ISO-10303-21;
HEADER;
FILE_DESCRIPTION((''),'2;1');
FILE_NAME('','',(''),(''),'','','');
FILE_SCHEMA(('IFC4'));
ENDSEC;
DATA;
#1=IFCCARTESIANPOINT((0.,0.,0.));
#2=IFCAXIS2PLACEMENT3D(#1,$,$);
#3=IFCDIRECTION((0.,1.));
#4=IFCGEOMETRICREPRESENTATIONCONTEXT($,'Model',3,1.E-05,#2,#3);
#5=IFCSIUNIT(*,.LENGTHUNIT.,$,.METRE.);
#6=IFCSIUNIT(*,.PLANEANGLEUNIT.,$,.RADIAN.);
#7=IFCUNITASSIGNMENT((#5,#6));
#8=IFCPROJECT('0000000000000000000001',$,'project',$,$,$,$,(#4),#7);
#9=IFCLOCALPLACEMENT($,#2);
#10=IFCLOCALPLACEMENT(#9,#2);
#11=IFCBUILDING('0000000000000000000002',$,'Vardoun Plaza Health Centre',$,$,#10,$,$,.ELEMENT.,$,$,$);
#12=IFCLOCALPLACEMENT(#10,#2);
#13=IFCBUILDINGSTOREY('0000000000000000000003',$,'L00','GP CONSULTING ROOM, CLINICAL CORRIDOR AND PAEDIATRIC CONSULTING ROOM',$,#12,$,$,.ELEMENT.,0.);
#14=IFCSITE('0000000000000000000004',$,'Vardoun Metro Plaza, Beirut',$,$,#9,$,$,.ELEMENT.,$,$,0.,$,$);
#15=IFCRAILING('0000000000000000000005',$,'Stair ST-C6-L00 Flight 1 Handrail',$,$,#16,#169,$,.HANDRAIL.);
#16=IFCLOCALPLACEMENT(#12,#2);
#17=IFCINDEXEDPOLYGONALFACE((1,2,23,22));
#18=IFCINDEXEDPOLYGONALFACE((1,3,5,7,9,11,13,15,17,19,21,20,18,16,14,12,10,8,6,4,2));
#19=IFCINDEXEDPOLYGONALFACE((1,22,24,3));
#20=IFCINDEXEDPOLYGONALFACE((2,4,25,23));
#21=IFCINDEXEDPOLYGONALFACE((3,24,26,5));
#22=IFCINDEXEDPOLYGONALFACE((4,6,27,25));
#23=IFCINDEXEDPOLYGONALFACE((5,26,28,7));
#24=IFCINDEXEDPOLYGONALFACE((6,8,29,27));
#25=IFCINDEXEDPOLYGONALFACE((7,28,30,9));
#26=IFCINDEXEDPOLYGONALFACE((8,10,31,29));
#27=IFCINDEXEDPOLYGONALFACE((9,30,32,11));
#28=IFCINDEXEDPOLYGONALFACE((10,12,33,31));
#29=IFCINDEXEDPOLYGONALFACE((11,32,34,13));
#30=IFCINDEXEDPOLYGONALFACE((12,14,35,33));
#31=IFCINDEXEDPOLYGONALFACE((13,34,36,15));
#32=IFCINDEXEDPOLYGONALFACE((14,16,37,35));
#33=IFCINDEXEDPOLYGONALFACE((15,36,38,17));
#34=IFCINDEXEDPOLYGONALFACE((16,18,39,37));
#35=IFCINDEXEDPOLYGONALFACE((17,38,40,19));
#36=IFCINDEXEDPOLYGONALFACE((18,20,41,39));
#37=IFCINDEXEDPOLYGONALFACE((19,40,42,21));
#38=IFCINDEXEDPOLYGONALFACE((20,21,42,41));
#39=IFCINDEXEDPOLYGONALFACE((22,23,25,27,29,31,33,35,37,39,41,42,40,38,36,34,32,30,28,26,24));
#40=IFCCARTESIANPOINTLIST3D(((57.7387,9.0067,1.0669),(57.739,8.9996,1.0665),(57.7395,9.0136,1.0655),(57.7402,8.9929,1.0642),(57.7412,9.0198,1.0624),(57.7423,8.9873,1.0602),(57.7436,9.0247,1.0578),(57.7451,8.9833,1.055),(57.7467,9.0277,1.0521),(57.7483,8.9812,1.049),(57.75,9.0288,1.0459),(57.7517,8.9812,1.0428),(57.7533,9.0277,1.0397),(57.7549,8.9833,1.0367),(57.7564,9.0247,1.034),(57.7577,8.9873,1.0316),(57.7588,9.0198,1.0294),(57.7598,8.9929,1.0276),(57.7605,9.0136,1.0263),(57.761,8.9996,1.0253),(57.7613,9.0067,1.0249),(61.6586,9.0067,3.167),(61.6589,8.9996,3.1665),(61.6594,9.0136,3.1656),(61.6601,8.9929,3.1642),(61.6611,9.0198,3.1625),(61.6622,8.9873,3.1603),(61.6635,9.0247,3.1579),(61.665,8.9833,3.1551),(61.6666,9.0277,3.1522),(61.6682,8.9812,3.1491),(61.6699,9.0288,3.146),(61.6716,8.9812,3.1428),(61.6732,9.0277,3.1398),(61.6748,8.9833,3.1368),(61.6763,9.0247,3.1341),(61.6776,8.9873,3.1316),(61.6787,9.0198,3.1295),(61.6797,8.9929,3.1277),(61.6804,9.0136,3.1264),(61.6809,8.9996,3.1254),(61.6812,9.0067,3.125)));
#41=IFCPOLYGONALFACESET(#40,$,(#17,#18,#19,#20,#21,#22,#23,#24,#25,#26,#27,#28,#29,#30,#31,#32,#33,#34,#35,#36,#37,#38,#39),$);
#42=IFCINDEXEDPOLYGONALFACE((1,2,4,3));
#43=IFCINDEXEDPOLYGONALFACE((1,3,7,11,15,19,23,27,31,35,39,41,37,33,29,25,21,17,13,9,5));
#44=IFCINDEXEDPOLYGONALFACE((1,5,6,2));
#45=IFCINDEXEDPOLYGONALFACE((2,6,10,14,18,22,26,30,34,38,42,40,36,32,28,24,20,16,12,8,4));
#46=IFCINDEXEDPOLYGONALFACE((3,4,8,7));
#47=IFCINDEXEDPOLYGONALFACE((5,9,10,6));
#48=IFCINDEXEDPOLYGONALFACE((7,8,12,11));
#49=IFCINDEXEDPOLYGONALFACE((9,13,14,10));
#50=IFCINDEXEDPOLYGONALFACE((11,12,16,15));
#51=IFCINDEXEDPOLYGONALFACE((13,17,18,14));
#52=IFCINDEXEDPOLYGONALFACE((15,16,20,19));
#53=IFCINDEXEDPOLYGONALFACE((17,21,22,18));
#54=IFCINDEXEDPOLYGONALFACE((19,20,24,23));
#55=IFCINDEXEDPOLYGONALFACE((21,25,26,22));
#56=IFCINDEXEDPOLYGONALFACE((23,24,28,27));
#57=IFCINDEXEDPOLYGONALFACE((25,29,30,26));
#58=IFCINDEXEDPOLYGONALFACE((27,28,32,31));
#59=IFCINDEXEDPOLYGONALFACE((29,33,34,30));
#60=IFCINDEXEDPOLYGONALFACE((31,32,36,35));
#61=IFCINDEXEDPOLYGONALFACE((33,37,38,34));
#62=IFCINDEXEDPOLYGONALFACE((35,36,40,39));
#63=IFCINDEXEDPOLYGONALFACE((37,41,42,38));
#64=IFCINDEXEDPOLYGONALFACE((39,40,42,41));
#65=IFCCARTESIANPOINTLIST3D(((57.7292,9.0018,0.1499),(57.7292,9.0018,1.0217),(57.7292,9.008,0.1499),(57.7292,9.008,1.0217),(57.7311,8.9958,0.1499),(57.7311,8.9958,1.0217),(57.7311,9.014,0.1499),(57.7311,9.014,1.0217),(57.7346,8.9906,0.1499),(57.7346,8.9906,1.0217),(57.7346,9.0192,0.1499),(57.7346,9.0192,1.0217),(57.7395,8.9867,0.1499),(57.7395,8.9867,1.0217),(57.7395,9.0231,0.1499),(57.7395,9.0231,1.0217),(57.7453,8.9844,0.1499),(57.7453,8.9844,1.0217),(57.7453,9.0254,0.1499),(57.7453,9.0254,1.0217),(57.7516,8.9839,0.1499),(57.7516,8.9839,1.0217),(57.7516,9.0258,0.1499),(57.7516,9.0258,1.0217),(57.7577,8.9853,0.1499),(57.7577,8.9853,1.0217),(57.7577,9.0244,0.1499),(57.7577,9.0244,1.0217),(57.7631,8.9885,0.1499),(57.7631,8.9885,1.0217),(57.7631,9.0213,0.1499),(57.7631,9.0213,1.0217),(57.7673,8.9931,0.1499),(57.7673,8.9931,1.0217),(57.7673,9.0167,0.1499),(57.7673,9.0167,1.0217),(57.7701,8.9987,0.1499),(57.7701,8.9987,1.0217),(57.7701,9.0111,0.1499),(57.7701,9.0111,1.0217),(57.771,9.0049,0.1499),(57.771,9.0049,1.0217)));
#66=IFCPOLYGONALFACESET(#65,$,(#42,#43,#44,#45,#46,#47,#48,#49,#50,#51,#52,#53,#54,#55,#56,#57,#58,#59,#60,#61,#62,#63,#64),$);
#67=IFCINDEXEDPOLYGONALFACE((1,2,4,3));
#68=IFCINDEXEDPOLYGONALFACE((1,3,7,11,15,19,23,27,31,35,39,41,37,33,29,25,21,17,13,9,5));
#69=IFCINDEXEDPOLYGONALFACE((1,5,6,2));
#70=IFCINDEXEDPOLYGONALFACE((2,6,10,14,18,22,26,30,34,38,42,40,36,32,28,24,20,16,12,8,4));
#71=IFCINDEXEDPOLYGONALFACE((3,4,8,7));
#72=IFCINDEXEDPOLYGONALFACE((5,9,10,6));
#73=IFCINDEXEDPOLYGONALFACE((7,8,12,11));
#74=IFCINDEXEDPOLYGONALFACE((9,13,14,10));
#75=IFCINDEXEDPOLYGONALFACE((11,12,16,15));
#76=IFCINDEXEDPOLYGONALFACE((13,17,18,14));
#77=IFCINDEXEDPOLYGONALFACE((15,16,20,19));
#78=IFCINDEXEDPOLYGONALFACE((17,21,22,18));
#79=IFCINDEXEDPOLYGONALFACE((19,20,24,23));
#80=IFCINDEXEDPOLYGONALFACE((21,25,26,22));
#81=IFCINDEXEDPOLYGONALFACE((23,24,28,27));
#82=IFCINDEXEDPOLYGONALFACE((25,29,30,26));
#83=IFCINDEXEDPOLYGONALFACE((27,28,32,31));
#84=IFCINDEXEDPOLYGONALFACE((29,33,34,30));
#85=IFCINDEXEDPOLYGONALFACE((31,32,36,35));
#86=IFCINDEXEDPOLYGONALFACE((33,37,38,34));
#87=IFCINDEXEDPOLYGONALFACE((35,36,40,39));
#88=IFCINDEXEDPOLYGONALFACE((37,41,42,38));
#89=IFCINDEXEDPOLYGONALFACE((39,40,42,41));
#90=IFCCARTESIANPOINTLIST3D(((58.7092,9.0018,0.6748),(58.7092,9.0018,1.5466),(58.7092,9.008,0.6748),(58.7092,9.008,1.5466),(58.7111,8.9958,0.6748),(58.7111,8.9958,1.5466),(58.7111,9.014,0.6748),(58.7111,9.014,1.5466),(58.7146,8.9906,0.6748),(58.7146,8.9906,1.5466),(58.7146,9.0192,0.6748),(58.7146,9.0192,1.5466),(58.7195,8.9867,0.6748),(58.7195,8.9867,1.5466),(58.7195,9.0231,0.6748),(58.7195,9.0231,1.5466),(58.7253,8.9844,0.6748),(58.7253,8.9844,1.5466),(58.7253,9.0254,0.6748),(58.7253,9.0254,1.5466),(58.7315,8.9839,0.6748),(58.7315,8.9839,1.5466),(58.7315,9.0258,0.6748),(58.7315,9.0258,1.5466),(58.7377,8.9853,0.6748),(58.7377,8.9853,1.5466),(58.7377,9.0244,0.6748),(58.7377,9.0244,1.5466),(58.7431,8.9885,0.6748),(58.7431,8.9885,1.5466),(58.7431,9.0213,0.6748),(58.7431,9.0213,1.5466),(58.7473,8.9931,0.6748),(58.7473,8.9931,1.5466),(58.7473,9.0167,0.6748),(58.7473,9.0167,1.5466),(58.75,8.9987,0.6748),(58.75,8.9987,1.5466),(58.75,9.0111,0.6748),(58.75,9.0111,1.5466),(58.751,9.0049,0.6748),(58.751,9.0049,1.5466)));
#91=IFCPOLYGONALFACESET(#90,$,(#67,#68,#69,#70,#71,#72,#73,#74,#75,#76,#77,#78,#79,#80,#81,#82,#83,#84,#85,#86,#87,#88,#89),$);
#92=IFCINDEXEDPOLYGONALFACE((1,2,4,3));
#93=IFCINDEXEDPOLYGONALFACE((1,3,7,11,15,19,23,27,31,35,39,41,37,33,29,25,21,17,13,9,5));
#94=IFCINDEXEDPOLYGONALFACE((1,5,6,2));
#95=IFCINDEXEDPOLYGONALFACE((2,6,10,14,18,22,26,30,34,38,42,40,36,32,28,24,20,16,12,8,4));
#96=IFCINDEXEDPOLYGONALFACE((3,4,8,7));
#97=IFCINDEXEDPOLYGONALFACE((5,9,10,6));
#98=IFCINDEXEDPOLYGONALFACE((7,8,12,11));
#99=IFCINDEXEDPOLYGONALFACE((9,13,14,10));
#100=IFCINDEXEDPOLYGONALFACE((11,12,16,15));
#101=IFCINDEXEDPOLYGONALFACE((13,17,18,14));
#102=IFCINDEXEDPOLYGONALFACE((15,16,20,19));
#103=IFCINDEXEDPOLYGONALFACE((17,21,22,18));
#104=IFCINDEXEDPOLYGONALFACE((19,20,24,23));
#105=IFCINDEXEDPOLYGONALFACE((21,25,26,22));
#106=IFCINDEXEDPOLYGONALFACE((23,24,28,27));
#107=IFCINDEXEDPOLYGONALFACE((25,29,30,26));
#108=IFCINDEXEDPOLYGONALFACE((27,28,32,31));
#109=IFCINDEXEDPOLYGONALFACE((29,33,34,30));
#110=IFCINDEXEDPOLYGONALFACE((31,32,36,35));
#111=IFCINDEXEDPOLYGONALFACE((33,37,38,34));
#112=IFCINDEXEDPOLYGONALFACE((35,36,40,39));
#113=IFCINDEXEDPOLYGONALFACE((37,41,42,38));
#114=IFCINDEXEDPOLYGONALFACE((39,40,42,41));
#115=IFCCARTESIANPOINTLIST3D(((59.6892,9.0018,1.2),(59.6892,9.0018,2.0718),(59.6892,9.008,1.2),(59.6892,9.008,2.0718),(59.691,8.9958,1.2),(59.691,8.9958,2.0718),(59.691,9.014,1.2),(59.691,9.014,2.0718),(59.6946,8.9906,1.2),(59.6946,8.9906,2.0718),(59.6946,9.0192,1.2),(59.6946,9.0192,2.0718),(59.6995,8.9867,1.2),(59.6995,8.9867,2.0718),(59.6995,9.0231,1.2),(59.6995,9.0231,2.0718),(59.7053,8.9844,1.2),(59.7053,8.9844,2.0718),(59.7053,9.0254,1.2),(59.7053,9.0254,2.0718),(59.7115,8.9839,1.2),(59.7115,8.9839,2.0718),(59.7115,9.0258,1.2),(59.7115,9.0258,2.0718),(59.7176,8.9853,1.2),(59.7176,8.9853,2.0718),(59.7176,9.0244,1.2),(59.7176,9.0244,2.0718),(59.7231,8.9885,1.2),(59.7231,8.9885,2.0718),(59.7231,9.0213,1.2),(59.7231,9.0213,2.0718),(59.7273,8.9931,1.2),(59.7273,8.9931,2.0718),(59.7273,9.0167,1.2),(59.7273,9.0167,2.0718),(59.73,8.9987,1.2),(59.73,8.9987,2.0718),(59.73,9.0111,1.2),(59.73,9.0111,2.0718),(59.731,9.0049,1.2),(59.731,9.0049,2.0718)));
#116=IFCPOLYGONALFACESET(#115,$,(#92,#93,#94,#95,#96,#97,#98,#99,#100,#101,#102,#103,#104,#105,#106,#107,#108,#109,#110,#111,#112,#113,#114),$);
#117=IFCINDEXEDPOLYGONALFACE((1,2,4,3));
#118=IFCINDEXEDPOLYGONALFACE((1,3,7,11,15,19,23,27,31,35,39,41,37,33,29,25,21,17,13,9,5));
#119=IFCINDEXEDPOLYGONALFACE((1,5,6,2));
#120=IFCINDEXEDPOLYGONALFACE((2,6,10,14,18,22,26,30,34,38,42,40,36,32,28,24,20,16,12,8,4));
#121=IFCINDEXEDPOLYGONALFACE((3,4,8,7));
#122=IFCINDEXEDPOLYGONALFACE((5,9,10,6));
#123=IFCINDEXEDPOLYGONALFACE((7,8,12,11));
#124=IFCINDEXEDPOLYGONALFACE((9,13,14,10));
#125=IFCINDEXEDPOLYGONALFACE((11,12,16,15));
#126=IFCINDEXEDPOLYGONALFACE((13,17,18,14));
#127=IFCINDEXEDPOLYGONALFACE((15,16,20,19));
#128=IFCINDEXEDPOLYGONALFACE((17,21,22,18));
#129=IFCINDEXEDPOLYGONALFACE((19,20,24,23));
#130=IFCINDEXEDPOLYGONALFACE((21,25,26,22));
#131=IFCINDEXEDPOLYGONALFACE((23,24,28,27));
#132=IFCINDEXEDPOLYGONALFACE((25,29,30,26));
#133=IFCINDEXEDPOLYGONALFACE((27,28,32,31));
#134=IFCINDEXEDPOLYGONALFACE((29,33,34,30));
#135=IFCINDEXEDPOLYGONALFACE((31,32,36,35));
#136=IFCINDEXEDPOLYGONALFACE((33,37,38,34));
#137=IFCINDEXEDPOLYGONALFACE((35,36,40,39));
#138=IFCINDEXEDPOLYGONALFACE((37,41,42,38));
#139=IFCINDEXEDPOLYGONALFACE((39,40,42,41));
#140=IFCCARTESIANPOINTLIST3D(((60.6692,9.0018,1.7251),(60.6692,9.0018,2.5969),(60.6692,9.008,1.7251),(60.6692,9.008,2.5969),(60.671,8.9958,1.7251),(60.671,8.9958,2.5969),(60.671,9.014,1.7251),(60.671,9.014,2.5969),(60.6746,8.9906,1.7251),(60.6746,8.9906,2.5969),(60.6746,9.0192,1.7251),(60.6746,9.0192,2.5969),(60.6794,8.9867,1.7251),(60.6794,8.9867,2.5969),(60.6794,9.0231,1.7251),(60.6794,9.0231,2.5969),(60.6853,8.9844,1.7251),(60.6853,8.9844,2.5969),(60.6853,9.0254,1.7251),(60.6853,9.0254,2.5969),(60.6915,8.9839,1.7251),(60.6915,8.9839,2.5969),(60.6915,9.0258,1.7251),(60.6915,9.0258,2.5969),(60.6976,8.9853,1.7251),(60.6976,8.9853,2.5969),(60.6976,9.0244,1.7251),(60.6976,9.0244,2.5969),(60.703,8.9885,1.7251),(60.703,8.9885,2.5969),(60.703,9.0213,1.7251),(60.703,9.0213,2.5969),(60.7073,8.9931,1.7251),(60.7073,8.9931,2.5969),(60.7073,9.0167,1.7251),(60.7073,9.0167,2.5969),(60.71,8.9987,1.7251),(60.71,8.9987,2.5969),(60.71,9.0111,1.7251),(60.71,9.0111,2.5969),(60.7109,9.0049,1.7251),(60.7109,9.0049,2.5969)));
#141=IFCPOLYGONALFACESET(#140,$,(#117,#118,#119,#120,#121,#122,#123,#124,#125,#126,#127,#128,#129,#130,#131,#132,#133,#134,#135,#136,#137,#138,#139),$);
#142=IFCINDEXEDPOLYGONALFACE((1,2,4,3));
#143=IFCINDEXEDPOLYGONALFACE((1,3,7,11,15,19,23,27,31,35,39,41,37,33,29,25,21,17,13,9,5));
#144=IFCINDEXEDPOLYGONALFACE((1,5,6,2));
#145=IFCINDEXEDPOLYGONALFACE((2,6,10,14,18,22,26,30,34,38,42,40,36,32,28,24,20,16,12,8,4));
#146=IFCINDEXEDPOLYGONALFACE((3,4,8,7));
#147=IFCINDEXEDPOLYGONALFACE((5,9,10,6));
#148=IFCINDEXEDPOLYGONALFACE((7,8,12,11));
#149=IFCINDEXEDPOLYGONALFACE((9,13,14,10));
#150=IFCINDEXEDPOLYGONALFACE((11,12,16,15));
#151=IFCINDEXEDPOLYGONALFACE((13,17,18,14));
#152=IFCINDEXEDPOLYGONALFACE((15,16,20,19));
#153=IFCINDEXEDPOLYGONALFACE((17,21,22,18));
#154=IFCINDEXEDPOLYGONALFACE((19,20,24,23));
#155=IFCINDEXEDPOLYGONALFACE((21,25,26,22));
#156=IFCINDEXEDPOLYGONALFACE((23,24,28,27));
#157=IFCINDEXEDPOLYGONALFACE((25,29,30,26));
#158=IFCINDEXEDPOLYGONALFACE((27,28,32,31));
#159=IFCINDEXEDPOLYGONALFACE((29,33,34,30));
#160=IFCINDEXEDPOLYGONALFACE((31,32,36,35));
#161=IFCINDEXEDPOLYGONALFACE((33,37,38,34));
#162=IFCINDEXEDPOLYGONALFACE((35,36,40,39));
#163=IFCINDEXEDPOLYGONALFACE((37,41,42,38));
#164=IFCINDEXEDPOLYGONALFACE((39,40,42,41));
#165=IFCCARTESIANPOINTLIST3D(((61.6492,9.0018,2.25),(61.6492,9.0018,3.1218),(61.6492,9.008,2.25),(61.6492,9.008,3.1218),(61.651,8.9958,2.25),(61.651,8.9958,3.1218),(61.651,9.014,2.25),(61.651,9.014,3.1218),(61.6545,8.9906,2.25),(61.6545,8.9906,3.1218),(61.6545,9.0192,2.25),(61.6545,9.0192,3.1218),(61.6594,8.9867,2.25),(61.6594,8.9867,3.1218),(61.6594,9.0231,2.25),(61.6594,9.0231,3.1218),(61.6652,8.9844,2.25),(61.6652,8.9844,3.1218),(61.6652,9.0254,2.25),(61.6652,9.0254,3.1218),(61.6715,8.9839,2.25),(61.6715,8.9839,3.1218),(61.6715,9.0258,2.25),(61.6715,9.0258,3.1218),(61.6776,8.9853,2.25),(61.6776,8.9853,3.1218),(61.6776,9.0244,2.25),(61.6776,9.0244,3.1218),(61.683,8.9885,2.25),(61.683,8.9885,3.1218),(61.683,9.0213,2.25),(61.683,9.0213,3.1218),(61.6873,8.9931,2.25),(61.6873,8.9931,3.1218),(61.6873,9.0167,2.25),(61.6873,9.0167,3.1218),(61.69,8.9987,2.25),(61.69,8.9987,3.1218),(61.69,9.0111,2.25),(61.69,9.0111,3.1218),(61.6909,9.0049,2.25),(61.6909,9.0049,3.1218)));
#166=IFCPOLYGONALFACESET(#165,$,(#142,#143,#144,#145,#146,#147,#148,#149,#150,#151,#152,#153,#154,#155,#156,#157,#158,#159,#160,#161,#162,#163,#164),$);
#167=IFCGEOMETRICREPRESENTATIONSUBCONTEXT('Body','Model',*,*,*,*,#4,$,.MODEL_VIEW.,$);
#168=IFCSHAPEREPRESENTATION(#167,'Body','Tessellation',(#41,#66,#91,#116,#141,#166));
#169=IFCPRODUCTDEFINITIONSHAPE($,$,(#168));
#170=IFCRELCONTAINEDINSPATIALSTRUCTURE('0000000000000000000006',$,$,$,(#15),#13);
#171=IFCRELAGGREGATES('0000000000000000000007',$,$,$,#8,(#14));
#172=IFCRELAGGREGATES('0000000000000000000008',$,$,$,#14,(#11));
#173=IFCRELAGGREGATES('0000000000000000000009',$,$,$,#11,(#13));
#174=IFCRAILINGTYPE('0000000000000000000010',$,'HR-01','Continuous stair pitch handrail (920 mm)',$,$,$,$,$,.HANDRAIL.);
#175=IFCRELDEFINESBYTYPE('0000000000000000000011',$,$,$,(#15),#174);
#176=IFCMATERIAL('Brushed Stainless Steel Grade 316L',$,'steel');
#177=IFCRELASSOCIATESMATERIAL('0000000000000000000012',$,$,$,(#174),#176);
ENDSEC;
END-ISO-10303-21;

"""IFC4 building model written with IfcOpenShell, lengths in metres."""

from ifc_helpers import new_model, si_unit, direction, frame, origin, origin_2d, place, context, subcontext, project, spatial, circle, extrude, material, type_object, element, save


model = new_model("IFC4")

# Units and contexts
model_context = context("Model", 3, precision=1e-05, world=origin(), true_north=direction((0.0, 1.0)))
body_context = subcontext(model_context, "Body", "Model", "MODEL_VIEW")
ifc_project = project(units=[si_unit("LENGTHUNIT", "METRE"), si_unit("PLANEANGLEUNIT", "RADIAN")], contexts=[model_context])

# Site, building, storey
site_placement = place(None, origin())
site = spatial("IfcSite", under=ifc_project, at=site_placement, Name="Vardoun Metro Plaza, Beirut", CompositionType="ELEMENT", RefElevation=0.0)
building_placement = place(site_placement, origin())
building = spatial("IfcBuilding", under=site, at=building_placement, Name="Vardoun Plaza Health Centre", CompositionType="ELEMENT")
storey_placement = place(building_placement, origin())
storey = spatial("IfcBuildingStorey", under=building, at=storey_placement, Name="L00", Description="GP CONSULTING ROOM, CLINICAL CORRIDOR AND PAEDIATRIC CONSULTING ROOM", CompositionType="ELEMENT", Elevation=0.0)

# Railing
ifc_material_1 = material(Name="Brushed Stainless Steel Grade 316L", Category="steel")
railing_type_1 = type_object("IfcRailingType", Name="HR-01", Description="Continuous stair pitch handrail (920 mm)", PredefinedType="HANDRAIL", material=ifc_material_1)
railing_1_placement = place(storey_placement, frame((57.75, 9.0049, 0.1499)))
element("IfcRailing", 1, at=railing_1_placement, inside=storey, type_object=railing_type_1, Name="Stair ST-C6-L00 Flight 1 Handrail", PredefinedType="HANDRAIL", context=body_context, shape_type="SweptSolid", body=[
    extrude(circle(Radius=0.0239, at=origin_2d()), frame((0.0, 0.0, 0.896), z_axis=(0.881467, 0.0, 0.472246), x_axis=(0.0, 1.0, 0.0)), (0.0, 0.0, 1.0), 4.447),
    extrude(circle(Radius=0.021, at=origin_2d()), origin(), (0.0, 0.0, 1.0), 0.8718),
    extrude(circle(Radius=0.021, at=origin_2d()), frame((0.98, 0.0, 0.5249)), (0.0, 0.0, 1.0), 0.8718),
    extrude(circle(Radius=0.021, at=origin_2d()), frame((1.96, 0.0, 1.05)), (0.0, 0.0, 1.0), 0.8718),
    extrude(circle(Radius=0.021, at=origin_2d()), frame((2.9399, 0.0, 1.5752)), (0.0, 0.0, 1.0), 0.8718),
    extrude(circle(Radius=0.021, at=origin_2d()), frame((3.9199, 0.0, 2.1001)), (0.0, 0.0, 1.0), 0.8718),
])

save(model, "model.ifc")
